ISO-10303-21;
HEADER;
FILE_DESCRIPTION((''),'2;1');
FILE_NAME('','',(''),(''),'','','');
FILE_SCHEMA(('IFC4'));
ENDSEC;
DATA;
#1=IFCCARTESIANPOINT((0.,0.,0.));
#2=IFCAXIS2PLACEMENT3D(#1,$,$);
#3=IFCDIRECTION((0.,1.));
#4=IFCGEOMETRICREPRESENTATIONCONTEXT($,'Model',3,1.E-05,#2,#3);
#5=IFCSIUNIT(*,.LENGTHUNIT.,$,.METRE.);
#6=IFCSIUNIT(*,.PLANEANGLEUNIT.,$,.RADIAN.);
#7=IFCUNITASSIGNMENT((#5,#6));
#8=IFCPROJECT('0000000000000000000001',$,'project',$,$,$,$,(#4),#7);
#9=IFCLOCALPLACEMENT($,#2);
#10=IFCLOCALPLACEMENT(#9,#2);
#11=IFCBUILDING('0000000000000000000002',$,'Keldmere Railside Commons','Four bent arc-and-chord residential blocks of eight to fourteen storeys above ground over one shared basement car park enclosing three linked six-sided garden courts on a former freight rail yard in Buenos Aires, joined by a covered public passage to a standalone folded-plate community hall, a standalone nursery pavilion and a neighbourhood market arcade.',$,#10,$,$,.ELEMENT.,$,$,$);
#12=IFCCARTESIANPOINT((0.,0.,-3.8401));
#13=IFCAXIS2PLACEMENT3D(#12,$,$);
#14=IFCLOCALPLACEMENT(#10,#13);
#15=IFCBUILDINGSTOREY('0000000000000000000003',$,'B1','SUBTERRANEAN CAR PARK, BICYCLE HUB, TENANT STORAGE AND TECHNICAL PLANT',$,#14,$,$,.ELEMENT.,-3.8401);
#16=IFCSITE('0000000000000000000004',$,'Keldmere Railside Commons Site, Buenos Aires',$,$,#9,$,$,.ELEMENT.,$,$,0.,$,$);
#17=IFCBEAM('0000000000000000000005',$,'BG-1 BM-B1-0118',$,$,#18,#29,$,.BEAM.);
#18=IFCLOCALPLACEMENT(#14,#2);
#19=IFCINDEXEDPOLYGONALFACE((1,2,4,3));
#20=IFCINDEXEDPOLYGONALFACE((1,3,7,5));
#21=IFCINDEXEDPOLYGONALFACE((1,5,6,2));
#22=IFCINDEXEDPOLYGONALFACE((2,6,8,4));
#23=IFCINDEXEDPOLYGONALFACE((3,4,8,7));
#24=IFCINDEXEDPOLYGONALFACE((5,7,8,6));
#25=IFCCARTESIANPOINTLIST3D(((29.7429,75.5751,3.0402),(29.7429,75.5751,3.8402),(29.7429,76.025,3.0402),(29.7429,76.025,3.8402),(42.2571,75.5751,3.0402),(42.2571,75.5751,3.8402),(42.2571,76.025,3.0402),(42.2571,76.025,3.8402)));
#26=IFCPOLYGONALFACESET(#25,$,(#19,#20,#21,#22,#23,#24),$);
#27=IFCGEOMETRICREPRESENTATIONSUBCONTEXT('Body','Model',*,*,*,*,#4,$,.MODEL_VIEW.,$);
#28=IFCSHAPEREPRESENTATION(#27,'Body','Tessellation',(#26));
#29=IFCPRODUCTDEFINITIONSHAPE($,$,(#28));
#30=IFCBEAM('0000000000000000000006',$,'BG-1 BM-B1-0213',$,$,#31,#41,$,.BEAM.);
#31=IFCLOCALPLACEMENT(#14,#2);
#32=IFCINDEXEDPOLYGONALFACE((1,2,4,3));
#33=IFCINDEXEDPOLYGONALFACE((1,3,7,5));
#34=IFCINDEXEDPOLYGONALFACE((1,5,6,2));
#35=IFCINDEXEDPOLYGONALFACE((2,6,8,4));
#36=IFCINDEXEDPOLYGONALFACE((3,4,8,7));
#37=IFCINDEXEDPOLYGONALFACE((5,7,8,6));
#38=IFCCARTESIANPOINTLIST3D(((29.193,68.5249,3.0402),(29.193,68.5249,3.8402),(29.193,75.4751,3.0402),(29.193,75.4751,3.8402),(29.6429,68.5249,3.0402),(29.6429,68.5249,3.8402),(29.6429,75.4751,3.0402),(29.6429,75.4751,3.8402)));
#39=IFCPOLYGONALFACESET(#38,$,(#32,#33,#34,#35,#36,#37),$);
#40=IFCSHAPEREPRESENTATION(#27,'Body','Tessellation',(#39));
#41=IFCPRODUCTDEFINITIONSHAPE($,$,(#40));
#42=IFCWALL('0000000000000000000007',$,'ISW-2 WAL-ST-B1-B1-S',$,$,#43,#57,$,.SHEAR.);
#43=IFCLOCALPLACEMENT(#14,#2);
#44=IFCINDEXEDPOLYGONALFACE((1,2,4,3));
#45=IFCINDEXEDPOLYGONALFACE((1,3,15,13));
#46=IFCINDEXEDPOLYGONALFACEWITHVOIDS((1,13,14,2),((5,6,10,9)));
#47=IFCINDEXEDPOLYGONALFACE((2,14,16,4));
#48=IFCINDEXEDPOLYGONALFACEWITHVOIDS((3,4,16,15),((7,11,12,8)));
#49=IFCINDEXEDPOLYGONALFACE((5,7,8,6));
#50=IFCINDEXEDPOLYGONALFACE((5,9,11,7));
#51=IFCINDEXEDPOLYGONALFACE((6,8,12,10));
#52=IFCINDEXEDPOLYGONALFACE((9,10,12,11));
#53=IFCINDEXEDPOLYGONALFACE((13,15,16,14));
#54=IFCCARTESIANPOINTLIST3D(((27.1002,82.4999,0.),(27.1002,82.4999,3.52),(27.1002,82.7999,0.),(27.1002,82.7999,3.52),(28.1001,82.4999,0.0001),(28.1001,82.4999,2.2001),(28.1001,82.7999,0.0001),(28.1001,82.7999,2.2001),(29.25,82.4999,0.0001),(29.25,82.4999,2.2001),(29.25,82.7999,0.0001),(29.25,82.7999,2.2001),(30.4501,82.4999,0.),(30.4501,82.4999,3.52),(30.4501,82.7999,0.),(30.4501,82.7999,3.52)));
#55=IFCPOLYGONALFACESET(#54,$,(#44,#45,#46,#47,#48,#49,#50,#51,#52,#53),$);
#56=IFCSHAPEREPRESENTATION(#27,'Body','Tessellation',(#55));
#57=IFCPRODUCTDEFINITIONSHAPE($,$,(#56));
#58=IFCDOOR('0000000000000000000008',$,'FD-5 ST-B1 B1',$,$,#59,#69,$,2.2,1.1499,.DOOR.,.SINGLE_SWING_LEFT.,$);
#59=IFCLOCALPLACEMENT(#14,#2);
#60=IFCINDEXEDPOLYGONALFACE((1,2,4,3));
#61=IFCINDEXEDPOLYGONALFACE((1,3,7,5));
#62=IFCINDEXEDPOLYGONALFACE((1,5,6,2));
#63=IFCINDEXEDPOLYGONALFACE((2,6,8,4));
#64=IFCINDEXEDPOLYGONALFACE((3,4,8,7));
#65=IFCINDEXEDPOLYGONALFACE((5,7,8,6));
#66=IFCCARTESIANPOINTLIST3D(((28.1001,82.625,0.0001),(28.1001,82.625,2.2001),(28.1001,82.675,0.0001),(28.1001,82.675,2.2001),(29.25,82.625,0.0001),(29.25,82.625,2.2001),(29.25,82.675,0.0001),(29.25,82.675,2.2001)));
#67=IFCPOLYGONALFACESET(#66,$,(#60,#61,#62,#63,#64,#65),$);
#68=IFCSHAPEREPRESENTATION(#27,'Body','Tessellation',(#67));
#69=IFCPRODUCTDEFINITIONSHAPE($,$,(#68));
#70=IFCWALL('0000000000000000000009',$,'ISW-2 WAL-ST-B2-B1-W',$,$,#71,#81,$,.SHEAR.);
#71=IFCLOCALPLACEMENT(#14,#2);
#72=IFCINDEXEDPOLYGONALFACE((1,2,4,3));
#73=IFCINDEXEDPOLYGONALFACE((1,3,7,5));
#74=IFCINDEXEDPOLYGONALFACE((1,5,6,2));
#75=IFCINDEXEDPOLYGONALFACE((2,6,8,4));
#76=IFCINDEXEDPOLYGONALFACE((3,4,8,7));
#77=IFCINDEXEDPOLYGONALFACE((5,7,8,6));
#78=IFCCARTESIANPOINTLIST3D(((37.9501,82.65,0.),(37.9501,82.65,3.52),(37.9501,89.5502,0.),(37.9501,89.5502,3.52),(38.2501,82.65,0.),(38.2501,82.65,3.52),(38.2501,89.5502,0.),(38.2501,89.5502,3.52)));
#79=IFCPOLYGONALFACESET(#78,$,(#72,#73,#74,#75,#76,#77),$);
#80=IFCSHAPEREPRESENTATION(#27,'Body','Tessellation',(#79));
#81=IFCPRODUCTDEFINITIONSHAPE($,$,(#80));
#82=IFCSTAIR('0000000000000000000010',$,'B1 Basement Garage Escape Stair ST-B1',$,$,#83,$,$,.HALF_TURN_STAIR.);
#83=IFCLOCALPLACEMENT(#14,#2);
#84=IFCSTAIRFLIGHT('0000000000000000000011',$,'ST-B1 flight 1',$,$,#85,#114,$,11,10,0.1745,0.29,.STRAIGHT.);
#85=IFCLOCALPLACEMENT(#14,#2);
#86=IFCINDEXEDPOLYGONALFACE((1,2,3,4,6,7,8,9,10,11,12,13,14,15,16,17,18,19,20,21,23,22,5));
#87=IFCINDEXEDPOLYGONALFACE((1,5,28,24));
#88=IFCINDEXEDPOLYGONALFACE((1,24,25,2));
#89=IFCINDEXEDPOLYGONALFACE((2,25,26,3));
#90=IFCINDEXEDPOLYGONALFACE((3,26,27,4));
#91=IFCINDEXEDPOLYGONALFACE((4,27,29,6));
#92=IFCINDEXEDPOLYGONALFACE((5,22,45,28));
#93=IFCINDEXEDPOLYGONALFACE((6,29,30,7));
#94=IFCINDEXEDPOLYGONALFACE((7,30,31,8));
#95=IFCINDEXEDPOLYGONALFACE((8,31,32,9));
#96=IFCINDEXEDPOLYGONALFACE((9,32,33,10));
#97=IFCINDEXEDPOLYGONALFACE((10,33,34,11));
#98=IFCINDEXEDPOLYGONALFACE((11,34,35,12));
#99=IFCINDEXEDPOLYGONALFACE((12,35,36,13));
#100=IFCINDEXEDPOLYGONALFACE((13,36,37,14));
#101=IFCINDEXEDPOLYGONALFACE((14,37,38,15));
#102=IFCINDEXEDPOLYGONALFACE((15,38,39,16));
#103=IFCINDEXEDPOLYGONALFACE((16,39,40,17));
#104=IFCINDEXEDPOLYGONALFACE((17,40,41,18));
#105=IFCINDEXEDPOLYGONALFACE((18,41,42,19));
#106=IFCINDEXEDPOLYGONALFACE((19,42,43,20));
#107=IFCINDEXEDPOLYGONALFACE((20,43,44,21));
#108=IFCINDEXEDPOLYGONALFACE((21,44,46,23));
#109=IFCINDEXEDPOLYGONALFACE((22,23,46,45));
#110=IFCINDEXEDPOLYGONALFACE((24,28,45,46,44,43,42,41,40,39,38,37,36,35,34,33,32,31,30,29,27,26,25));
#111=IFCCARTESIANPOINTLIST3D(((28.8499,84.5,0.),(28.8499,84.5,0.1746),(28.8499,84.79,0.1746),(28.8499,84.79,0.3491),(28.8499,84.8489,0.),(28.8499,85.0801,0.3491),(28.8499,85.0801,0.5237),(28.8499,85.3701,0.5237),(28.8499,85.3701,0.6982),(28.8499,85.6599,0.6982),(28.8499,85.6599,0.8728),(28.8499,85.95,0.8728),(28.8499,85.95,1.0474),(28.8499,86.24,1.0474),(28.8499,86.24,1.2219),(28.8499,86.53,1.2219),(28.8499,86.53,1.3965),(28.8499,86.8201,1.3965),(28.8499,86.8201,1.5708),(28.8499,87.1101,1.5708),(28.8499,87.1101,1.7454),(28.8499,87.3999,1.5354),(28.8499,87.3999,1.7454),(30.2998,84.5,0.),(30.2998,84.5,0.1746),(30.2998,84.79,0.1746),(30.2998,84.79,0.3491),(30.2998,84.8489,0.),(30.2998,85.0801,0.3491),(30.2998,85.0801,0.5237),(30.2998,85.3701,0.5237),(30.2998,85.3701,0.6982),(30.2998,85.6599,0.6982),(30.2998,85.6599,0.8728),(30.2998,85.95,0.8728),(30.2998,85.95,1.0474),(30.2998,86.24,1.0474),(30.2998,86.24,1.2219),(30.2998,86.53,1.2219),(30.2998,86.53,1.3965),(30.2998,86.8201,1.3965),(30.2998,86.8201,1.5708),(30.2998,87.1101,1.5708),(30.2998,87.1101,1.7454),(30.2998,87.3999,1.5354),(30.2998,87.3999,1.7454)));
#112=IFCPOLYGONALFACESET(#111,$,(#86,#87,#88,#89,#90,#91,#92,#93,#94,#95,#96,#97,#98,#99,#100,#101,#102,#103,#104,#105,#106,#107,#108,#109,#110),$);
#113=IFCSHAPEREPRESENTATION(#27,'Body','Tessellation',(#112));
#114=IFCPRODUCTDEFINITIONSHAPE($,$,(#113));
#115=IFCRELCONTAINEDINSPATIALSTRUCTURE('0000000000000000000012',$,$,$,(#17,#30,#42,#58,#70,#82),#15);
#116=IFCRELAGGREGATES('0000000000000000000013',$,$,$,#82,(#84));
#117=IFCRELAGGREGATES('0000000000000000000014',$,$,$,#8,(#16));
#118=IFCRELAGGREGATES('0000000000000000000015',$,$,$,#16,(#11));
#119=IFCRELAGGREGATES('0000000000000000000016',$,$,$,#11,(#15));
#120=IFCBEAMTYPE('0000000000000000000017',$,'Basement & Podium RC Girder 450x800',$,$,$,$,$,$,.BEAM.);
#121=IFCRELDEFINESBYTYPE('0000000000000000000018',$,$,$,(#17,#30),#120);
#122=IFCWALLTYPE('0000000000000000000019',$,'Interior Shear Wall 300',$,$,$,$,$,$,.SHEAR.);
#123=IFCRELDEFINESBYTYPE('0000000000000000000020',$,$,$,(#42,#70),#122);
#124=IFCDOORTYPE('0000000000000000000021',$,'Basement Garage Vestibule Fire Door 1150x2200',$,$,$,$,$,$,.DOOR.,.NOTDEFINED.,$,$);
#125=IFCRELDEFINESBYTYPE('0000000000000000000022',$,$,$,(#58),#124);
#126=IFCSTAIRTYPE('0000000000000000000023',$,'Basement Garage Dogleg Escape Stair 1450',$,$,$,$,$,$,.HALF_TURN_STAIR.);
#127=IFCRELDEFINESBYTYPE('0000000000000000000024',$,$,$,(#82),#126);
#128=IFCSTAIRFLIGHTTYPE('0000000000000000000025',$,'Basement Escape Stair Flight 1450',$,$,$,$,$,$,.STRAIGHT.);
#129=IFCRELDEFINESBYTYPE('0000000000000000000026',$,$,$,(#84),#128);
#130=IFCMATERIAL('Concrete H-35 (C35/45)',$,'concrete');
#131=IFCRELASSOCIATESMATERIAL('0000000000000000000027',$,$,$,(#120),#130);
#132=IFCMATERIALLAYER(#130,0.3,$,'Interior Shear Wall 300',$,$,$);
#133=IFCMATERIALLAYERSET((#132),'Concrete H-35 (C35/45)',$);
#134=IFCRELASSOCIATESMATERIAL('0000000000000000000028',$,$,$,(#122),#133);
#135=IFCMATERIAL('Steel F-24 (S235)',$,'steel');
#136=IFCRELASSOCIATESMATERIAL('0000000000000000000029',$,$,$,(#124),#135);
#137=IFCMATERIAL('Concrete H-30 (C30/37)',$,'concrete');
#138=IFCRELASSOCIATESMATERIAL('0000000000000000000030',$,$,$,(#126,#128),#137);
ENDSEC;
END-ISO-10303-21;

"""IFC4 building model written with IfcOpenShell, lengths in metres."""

from ifc_helpers import new_model, si_unit, direction, frame, frame_2d, origin, origin_2d, place, context, subcontext, project, spatial, polyline, rectangle, outline, extrude, material, layer, layer_set, material_profile, profile_set, type_object, element, fill, aggregate, save


model = new_model("IFC4")

# Units and contexts
model_context = context("Model", 3, precision=1e-05, world=origin(), true_north=direction((0.0, 1.0)))
body_context = subcontext(model_context, "Body", "Model", "MODEL_VIEW")
ifc_project = project(units=[si_unit("LENGTHUNIT", "METRE"), si_unit("PLANEANGLEUNIT", "RADIAN")], contexts=[model_context])

# Site, building, storey
site_placement = place(None, origin())
site = spatial("IfcSite", under=ifc_project, at=site_placement, Name="Keldmere Railside Commons Site, Buenos Aires", CompositionType="ELEMENT", RefElevation=0.0)
building_placement = place(site_placement, origin())
building = spatial("IfcBuilding", under=site, at=building_placement, Name="Keldmere Railside Commons", Description="Four bent arc-and-chord residential blocks of eight to fourteen storeys above ground over one shared basement car park enclosing three linked six-sided garden courts on a former freight rail yard in Buenos Aires, joined by a covered public passage to a standalone folded-plate community hall, a standalone nursery pavilion and a neighbourhood market arcade.", CompositionType="ELEMENT")
storey_placement = place(building_placement, frame((0.0, 0.0, -3.8401)))
storey = spatial("IfcBuildingStorey", under=building, at=storey_placement, Name="B1", Description="SUBTERRANEAN CAR PARK, BICYCLE HUB, TENANT STORAGE AND TECHNICAL PLANT", CompositionType="ELEMENT", Elevation=-3.8401)

# Shared definitions
ifc_material_1 = material(Name="Concrete H-30 (C30/37)", Category="concrete")

# Beams
ifc_material_2 = material(Name="Concrete H-35 (C35/45)", Category="concrete")
ifc_material_profile_1 = material_profile(ifc_material_2, rectangle(XDim=0.45, YDim=0.8, at=origin_2d()), Name="RC-450x800")
ifc_profile_set_1 = profile_set([ifc_material_profile_1], Name="Concrete H-35 (C35/45)")
beam_type = type_object("IfcBeamType", Name="Basement & Podium RC Girder 450x800", PredefinedType="BEAM", material=ifc_profile_set_1)
beam_1_placement = place(storey_placement, frame((29.7429, 75.8, 3.4402), z_axis=(1.0, 0.0, 0.0), x_axis=(0.0, 1.0, 0.0)))
element("IfcBeam", 1, at=beam_1_placement, inside=storey, type_object=beam_type, Name="BG-1 BM-B1-0118", PredefinedType="BEAM", context=body_context, shape_type="SweptSolid", body=[
    extrude(rectangle(XDim=0.45, YDim=0.8, at=origin_2d()), origin(), (0.0, 0.0, 1.0), 12.5142),
])
beam_2_placement = place(storey_placement, frame((29.418, 68.5249, 3.4402), z_axis=(0.0, 1.0, 0.0), x_axis=(-1.0, 0.0, 0.0)))
element("IfcBeam", 2, at=beam_2_placement, inside=storey, type_object=beam_type, Name="BG-1 BM-B1-0213", PredefinedType="BEAM", context=body_context, shape_type="SweptSolid", body=[
    extrude(rectangle(XDim=0.45, YDim=0.8, at=origin_2d()), origin(), (0.0, 0.0, 1.0), 6.9502),
])

# Wall, opening, door
ifc_layer = layer(ifc_material_2, 0.3, Name="Interior Shear Wall 300")
ifc_layer_set = layer_set([ifc_layer], Name="Concrete H-35 (C35/45)")
wall_type = type_object("IfcWallType", Name="Interior Shear Wall 300", PredefinedType="SHEAR", material=ifc_layer_set)
wall_1_placement = place(storey_placement, frame((30.45, 82.6499, 0.0), z_axis=(0.0, 0.0, 1.0), x_axis=(-1.0, 0.0, 0.0)))
wall_1 = element("IfcWall", 3, at=wall_1_placement, inside=storey, type_object=wall_type, Name="ISW-2 WAL-ST-B1-B1-S", PredefinedType="SHEAR", context=body_context, shape_type="SweptSolid", body=[
    extrude(rectangle(XDim=3.3499, YDim=0.3, at=frame_2d((1.6748, 0.0))), origin(), (0.0, 0.0, 1.0), 3.52),
])
opening_placement = place(wall_1_placement, frame((1.2, 0.0, 0.0)))
opening = element("IfcOpeningElement", 4, at=opening_placement, cuts=wall_1, PredefinedType="OPENING", context=body_context, shape_type="SweptSolid", body=[
    extrude(rectangle(XDim=1.1499, YDim=2.2, at=frame_2d((0.575, 1.1001))), frame((0.0, 0.1599, 0.0), z_axis=(0.0, -1.0, 0.0), x_axis=(1.0, 0.0, 0.0)), (0.0, 0.0, 1.0), 0.3201),
])
ifc_material_3 = material(Name="Steel F-24 (S235)", Category="steel")
door_type = type_object("IfcDoorType", Name="Basement Garage Vestibule Fire Door 1150x2200", OperationType="NOTDEFINED", PredefinedType="DOOR", material=ifc_material_3)
door_placement = place(opening_placement, origin())
door = element("IfcDoor", 5, at=door_placement, inside=storey, type_object=door_type, Name="FD-5 ST-B1 B1", OperationType="SINGLE_SWING_LEFT", OverallHeight=2.2, OverallWidth=1.1499, PredefinedType="DOOR", context=body_context, shape_type="SweptSolid", body=[
    extrude(rectangle(XDim=1.1499, YDim=2.2, at=frame_2d((0.575, 1.1001))), frame((0.0, 0.0249, 0.0), z_axis=(0.0, -1.0, 0.0), x_axis=(1.0, 0.0, 0.0)), (0.0, 0.0, 1.0), 0.05),
])
fill(opening, door)

# Wall
wall_2_placement = place(storey_placement, frame((38.1001, 82.6499, 0.0), z_axis=(0.0, 0.0, 1.0), x_axis=(0.0, 1.0, 0.0)))
element("IfcWall", 6, at=wall_2_placement, inside=storey, type_object=wall_type, Name="ISW-2 WAL-ST-B2-B1-W", PredefinedType="SHEAR", context=body_context, shape_type="SweptSolid", body=[
    extrude(rectangle(XDim=6.9001, YDim=0.3, at=frame_2d((3.4502, 0.0))), origin(), (0.0, 0.0, 1.0), 3.52),
])

# Stair, stair flight
stair_type = type_object("IfcStairType", Name="Basement Garage Dogleg Escape Stair 1450", PredefinedType="HALF_TURN_STAIR", material=ifc_material_1)
stair_placement = place(storey_placement, origin())
stair = element("IfcStair", 7, at=stair_placement, inside=storey, type_object=stair_type, Name="B1 Basement Garage Escape Stair ST-B1", PredefinedType="HALF_TURN_STAIR")
stair_flight_type = type_object("IfcStairFlightType", Name="Basement Escape Stair Flight 1450", PredefinedType="STRAIGHT", material=ifc_material_1)
stair_flight_placement = place(storey_placement, frame((29.575, 84.5, 0.0), z_axis=(0.0, 0.0, 1.0), x_axis=(0.0, 1.0, 0.0)))
stair_flight = element("IfcStairFlight", 8, at=stair_flight_placement, type_object=stair_flight_type, Name="ST-B1 flight 1", NumberOfRisers=11, NumberOfTreads=10, PredefinedType="STRAIGHT", RiserHeight=0.1745, TreadLength=0.29, context=body_context, shape_type="SweptSolid", body=[
    extrude(outline(polyline([(0.0, 0.0), (0.0, 0.1746), (0.29, 0.1746), (0.29, 0.3491), (0.5801, 0.3491), (0.5801, 0.5237), (0.8701, 0.5237), (0.8701, 0.6982), (1.1599, 0.6982), (1.1599, 0.8728), (1.45, 0.8728), (1.45, 1.0474), (1.74, 1.0474), (1.74, 1.2219), (2.03, 1.2219), (2.03, 1.3965), (2.3201, 1.3965), (2.3201, 1.5708), (2.6101, 1.5708), (2.6101, 1.7454), (2.8999, 1.7454), (2.8999, 1.9199), (2.8999, 1.5354), (0.3489, 0.0), (0.0, 0.0)])), frame((0.0, 0.7251, 0.0), z_axis=(0.0, -1.0, 0.0), x_axis=(1.0, 0.0, 0.0)), (0.0, 0.0, 1.0), 1.45),
])
aggregate(stair, [stair_flight])

save(model, "model.ifc")
